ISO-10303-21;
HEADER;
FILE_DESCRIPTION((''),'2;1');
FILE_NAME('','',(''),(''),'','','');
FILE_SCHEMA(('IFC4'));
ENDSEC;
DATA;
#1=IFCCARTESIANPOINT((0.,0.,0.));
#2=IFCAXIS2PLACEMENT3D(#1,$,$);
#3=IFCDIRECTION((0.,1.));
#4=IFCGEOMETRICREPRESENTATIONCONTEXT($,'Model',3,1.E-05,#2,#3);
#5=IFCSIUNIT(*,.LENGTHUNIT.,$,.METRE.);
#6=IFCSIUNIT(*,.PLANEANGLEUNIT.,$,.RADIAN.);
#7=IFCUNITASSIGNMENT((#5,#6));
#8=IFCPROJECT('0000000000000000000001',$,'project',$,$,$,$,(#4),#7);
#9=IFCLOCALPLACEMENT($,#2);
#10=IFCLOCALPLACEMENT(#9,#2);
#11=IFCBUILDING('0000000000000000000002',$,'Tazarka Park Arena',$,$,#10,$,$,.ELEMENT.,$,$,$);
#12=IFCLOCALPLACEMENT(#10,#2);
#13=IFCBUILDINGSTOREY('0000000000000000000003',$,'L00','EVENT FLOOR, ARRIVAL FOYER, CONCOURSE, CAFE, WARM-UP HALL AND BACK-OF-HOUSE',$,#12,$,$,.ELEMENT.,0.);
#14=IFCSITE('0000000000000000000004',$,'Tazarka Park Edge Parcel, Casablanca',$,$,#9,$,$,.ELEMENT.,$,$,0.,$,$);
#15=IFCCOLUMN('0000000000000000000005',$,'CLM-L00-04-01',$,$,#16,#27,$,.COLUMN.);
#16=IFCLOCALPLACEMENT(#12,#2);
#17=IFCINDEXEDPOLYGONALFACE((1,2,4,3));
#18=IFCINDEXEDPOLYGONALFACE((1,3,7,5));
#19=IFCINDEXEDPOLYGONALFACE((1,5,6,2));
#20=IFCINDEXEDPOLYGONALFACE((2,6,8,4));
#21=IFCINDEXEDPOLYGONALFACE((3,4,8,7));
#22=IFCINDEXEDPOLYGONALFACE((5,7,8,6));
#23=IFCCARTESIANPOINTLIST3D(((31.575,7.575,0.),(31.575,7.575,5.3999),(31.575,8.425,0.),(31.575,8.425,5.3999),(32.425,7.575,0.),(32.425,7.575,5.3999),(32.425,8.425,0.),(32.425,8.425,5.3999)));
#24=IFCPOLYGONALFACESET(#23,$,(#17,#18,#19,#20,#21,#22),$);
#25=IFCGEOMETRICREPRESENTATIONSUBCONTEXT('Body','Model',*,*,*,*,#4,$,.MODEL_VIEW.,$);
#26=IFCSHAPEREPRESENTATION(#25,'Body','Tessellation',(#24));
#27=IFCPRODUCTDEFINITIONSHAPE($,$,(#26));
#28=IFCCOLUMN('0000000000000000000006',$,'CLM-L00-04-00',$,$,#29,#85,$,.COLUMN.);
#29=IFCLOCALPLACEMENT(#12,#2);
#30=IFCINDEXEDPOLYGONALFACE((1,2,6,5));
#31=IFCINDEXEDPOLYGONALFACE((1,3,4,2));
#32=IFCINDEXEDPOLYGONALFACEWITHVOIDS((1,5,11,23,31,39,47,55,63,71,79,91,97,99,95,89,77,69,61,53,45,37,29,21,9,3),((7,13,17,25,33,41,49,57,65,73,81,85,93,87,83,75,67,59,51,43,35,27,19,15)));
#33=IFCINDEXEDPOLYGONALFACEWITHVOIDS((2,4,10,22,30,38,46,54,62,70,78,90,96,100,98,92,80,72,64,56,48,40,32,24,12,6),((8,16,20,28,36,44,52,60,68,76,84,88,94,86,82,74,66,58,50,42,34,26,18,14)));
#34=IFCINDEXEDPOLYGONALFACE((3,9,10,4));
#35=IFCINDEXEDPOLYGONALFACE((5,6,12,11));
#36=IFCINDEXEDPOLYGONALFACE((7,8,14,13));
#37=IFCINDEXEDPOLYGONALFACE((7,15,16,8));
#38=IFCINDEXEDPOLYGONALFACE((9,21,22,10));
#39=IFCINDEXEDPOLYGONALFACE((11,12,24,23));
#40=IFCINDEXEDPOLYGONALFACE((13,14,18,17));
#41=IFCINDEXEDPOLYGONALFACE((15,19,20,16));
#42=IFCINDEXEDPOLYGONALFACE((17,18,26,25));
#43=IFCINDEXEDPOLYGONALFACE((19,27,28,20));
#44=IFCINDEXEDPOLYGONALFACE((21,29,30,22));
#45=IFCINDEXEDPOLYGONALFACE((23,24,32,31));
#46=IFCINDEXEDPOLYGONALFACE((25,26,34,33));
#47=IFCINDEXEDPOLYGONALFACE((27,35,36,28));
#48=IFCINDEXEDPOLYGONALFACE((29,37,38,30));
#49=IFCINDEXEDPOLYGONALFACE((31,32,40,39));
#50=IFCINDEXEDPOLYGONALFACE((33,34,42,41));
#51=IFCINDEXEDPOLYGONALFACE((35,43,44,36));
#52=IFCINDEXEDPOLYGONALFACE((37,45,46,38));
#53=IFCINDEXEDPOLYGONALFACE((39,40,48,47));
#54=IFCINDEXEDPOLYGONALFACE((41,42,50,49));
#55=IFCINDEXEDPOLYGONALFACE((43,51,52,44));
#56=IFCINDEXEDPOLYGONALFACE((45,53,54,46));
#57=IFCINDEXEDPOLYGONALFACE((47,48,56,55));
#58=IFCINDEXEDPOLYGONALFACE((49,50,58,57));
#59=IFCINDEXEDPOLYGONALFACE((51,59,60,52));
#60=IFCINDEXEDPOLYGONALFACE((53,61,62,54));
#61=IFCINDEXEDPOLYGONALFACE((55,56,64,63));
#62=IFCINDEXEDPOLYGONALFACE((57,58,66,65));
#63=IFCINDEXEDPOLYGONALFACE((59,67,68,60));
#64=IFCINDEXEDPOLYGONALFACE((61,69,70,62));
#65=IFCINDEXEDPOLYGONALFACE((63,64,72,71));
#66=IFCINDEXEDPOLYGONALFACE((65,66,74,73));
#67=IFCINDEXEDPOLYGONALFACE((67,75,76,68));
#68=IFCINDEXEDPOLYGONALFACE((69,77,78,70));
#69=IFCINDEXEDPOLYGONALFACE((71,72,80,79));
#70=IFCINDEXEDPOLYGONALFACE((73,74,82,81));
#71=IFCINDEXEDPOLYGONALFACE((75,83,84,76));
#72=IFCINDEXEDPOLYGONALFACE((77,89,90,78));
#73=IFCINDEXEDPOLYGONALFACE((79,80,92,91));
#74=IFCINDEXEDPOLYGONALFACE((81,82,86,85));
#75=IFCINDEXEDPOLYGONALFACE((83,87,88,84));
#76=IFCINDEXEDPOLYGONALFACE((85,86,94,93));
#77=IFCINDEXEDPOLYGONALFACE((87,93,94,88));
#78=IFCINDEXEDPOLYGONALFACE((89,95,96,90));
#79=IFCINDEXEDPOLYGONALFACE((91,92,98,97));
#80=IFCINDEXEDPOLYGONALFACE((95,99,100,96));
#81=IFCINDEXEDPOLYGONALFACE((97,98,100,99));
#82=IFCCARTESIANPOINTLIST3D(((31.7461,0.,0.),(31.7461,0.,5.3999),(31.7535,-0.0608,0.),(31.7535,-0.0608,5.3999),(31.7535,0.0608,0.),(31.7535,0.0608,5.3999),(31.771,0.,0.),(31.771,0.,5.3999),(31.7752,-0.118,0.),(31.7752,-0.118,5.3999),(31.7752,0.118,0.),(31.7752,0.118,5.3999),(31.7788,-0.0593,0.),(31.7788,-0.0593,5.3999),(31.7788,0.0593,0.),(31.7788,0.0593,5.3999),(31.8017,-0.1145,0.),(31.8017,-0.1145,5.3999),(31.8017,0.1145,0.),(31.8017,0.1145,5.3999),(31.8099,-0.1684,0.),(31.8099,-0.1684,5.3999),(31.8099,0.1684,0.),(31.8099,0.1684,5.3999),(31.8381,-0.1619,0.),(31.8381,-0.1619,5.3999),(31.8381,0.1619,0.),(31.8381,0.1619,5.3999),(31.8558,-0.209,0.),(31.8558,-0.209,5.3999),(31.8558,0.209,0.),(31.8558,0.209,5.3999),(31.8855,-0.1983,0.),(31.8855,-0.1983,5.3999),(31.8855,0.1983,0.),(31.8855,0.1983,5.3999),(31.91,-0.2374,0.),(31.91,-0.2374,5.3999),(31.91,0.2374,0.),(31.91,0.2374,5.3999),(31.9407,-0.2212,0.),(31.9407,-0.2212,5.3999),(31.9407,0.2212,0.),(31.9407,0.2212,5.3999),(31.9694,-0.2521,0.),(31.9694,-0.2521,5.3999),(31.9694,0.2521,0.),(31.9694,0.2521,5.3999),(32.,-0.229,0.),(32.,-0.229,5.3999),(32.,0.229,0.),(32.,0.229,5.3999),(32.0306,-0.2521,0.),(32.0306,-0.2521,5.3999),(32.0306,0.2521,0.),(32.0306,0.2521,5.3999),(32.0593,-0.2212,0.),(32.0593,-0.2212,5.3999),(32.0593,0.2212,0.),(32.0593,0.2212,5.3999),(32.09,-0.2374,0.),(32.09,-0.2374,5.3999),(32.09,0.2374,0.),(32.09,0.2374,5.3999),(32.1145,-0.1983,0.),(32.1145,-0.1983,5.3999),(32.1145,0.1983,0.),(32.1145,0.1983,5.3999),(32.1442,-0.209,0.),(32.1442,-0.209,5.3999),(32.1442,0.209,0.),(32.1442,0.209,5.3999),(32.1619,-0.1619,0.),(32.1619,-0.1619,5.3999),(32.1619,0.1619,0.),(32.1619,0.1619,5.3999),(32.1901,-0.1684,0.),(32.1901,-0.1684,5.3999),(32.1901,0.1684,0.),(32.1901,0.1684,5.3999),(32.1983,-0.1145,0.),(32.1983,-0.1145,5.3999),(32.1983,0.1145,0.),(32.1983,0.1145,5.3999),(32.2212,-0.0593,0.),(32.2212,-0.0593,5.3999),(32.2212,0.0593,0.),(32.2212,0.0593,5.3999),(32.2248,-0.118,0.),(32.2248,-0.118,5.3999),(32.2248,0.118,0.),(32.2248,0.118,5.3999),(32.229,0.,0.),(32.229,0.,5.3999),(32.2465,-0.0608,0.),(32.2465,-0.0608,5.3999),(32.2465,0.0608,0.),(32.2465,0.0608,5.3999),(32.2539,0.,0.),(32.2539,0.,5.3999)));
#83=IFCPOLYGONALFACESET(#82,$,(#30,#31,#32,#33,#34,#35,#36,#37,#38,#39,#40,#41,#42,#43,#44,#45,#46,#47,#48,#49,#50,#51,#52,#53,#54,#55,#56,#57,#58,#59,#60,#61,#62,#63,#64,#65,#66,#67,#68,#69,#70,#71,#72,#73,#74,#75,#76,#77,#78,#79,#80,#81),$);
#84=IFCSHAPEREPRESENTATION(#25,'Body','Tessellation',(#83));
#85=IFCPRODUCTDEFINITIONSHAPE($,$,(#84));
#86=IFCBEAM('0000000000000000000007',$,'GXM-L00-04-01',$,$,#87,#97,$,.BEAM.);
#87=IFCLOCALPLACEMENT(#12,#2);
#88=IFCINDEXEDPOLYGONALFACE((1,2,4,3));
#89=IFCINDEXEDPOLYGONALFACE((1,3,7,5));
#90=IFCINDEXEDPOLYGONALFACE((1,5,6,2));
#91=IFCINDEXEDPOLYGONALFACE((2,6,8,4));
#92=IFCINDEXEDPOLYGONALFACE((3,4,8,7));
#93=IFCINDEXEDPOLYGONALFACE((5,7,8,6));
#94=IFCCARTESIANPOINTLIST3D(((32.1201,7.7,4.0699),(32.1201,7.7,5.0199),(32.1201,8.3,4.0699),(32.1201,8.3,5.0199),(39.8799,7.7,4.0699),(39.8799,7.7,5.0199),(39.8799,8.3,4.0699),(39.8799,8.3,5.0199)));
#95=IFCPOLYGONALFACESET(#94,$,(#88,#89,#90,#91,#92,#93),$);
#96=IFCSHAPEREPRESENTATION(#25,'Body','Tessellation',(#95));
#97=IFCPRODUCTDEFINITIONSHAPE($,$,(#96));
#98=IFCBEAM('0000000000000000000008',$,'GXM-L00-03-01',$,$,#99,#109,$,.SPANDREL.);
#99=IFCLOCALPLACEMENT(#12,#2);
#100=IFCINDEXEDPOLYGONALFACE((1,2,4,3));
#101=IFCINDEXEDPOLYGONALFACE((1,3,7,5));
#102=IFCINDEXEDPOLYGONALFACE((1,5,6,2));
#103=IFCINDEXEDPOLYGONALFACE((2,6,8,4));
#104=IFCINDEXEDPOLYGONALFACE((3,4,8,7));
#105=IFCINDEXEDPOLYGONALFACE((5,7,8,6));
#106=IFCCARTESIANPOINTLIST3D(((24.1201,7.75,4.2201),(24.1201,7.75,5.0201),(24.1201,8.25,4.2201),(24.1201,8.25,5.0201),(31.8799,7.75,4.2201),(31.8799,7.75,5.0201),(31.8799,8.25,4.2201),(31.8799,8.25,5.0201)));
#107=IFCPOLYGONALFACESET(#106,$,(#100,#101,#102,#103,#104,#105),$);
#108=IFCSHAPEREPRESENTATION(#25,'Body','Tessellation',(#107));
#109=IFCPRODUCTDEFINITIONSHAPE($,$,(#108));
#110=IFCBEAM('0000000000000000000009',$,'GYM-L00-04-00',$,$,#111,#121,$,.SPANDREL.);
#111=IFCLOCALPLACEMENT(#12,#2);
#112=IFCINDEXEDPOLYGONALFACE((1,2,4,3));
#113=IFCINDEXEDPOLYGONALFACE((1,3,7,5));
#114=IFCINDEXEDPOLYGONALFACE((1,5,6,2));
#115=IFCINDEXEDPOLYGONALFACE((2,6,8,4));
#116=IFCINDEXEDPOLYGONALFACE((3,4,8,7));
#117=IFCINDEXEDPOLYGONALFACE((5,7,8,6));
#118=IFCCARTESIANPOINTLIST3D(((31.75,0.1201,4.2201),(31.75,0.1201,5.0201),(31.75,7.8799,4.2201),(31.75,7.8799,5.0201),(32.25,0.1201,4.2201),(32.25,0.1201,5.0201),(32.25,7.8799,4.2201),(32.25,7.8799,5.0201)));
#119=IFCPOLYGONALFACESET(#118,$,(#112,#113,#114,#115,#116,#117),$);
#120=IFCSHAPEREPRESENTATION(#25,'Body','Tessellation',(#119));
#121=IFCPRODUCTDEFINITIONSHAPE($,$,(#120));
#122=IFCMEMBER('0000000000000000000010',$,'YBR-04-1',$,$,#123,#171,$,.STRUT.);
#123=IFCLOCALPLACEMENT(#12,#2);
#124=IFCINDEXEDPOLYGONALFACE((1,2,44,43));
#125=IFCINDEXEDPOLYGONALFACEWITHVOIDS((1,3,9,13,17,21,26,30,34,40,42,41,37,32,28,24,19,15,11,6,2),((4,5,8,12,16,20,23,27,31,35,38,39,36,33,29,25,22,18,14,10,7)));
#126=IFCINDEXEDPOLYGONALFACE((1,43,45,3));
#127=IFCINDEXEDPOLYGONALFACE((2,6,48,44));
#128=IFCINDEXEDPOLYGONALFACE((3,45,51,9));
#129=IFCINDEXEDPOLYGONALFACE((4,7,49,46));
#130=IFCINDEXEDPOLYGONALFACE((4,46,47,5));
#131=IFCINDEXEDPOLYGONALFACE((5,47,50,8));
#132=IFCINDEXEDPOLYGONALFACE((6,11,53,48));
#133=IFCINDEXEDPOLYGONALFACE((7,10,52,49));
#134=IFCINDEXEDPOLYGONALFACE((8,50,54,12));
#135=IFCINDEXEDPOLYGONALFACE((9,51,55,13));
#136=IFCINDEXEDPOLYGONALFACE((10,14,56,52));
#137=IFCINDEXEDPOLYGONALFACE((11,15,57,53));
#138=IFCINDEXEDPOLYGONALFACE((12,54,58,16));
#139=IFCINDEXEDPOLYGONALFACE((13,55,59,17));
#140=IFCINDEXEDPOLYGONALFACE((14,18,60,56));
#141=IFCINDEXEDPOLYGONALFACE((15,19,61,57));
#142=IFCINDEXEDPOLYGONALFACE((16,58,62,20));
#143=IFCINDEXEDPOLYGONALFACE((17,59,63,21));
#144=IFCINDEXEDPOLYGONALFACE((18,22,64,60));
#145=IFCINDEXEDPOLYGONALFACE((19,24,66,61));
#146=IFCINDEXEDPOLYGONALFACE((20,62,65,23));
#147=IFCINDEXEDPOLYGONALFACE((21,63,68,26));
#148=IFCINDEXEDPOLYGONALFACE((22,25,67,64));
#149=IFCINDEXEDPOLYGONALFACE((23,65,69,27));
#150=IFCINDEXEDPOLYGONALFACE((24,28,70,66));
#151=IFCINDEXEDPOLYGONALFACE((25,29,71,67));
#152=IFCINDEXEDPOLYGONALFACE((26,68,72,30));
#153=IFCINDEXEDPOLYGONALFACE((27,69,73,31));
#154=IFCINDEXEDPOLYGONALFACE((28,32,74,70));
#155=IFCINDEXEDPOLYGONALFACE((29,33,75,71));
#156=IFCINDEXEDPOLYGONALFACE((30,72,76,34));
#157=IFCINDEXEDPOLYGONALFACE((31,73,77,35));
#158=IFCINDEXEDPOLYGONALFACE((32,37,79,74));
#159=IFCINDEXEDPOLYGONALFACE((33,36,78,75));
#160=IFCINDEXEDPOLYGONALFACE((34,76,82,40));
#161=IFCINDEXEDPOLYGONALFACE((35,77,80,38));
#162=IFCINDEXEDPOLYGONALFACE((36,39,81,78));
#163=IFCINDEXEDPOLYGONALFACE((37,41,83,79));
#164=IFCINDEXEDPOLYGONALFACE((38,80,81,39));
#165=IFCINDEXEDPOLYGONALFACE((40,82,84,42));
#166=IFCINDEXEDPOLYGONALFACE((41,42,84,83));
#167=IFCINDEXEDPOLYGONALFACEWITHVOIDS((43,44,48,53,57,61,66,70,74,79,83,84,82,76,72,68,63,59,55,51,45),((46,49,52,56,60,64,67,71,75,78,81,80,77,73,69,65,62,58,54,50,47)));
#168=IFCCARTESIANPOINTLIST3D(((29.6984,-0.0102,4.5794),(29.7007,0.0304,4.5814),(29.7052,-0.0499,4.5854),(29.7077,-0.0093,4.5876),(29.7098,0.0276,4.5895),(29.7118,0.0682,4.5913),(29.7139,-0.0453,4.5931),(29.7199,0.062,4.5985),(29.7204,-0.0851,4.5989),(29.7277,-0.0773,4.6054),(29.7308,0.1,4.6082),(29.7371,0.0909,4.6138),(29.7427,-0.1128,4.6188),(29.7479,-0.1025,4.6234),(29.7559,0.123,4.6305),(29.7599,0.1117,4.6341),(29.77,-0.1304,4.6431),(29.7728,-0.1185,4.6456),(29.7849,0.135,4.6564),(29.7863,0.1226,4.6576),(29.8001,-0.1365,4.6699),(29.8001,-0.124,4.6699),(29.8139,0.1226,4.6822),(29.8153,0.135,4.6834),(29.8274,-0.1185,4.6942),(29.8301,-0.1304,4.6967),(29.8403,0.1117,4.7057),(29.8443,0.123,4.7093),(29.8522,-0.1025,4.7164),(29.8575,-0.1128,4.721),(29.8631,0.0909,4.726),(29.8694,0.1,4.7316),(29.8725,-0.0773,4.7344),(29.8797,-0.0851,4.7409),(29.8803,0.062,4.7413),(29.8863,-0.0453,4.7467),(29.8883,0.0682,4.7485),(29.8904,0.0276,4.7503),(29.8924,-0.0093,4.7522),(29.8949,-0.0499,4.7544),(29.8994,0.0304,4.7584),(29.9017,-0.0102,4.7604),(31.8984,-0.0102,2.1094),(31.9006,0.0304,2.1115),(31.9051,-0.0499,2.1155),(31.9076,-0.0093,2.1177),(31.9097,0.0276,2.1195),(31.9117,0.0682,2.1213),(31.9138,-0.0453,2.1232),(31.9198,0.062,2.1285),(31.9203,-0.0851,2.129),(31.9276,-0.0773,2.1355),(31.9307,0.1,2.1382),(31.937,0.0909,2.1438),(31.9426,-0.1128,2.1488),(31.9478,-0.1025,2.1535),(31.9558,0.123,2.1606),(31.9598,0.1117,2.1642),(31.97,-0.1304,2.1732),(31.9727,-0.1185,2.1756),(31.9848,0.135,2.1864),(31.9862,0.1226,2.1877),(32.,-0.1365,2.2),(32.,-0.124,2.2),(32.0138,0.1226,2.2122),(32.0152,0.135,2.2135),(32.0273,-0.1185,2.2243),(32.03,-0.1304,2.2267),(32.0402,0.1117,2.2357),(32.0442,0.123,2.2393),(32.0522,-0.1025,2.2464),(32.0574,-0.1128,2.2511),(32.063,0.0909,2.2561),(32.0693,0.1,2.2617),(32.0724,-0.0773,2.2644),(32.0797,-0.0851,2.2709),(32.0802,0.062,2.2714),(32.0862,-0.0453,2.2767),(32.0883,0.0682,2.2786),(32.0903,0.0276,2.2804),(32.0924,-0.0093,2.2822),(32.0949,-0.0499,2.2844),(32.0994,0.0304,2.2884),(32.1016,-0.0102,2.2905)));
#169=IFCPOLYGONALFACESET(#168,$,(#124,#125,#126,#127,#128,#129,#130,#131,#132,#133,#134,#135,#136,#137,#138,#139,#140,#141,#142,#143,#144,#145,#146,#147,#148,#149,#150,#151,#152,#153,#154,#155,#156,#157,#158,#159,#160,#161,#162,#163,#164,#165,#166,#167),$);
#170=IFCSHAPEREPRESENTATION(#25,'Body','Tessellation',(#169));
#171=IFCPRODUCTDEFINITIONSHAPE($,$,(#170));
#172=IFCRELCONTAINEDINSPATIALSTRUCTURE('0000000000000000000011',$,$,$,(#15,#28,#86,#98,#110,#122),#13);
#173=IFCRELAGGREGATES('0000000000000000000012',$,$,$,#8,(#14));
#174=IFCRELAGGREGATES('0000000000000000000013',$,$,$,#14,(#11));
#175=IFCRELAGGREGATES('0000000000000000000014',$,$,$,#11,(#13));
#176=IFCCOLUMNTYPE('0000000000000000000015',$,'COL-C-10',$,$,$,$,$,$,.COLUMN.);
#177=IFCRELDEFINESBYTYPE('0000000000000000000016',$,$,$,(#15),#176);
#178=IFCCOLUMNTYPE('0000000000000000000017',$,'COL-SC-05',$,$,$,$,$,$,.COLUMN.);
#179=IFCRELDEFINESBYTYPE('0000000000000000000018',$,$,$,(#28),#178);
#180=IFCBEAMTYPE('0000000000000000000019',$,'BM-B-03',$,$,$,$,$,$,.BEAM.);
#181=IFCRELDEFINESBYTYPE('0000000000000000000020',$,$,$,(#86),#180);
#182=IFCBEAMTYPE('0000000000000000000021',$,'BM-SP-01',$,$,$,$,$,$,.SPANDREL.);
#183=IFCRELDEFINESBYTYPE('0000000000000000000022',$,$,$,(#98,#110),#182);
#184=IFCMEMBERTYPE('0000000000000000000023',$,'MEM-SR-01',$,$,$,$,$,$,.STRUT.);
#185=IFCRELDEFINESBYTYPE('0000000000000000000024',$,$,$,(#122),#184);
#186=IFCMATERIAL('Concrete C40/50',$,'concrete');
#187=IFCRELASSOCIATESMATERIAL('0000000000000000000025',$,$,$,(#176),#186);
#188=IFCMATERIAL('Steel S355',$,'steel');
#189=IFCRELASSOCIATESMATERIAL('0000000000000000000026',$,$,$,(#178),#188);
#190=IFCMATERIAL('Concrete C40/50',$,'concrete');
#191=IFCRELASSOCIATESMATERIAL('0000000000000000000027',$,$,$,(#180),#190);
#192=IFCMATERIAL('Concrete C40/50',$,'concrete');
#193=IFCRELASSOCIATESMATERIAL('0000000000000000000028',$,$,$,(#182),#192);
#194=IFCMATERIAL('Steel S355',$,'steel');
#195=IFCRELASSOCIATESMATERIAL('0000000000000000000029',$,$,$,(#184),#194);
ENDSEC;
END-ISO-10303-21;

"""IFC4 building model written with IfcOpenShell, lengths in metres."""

from ifc_helpers import new_model, si_unit, direction, frame, origin, origin_2d, place, context, subcontext, project, spatial, rectangle, hollow_circle, extrude, material, material_profile, profile_set, type_object, element, save


model = new_model("IFC4")

# Units and contexts
model_context = context("Model", 3, precision=1e-05, world=origin(), true_north=direction((0.0, 1.0)))
body_context = subcontext(model_context, "Body", "Model", "MODEL_VIEW")
ifc_project = project(units=[si_unit("LENGTHUNIT", "METRE"), si_unit("PLANEANGLEUNIT", "RADIAN")], contexts=[model_context])

# Site, building, storey
site_placement = place(None, origin())
site = spatial("IfcSite", under=ifc_project, at=site_placement, Name="Tazarka Park Edge Parcel, Casablanca", CompositionType="ELEMENT", RefElevation=0.0)
building_placement = place(site_placement, origin())
building = spatial("IfcBuilding", under=site, at=building_placement, Name="Tazarka Park Arena", CompositionType="ELEMENT")
storey_placement = place(building_placement, origin())
storey = spatial("IfcBuildingStorey", under=building, at=storey_placement, Name="L00", Description="EVENT FLOOR, ARRIVAL FOYER, CONCOURSE, CAFE, WARM-UP HALL AND BACK-OF-HOUSE", CompositionType="ELEMENT", Elevation=0.0)

# Columns
ifc_material_1 = material(Name="Concrete C40/50", Category="concrete")
ifc_material_profile_1 = material_profile(ifc_material_1, rectangle(XDim=0.8501, YDim=0.8501, at=origin_2d()), Name="Concrete C40/50")
ifc_profile_set_1 = profile_set([ifc_material_profile_1], Name="Concrete C40/50")
column_type_1 = type_object("IfcColumnType", Name="COL-C-10", PredefinedType="COLUMN", material=ifc_profile_set_1)
column_1_placement = place(storey_placement, frame((32.0, 8.0, 0.0), z_axis=(0.0, 0.0, 1.0), x_axis=(1.0, 0.0, 0.0)))
element("IfcColumn", 1, at=column_1_placement, inside=storey, type_object=column_type_1, Name="CLM-L00-04-01", PredefinedType="COLUMN", context=body_context, shape_type="SweptSolid", body=[
    extrude(rectangle(XDim=0.8501, YDim=0.8501, at=origin_2d()), origin(), (0.0, 0.0, 1.0), 5.3999),
])
ifc_material_2 = material(Name="Steel S355", Category="steel")
ifc_material_profile_2 = material_profile(ifc_material_2, hollow_circle(Radius=0.2539, WallThickness=0.0249, at=origin_2d()), Name="Steel S355")
ifc_profile_set_2 = profile_set([ifc_material_profile_2], Name="Steel S355")
column_type_2 = type_object("IfcColumnType", Name="COL-SC-05", PredefinedType="COLUMN", material=ifc_profile_set_2)
column_2_placement = place(storey_placement, frame((32.0, 0.0, 0.0), z_axis=(0.0, 0.0, 1.0), x_axis=(1.0, 0.0, 0.0)))
element("IfcColumn", 2, at=column_2_placement, inside=storey, type_object=column_type_2, Name="CLM-L00-04-00", PredefinedType="COLUMN", context=body_context, shape_type="SweptSolid", body=[
    extrude(hollow_circle(Radius=0.2539, WallThickness=0.0249, at=origin_2d()), origin(), (0.0, 0.0, 1.0), 5.3999),
])

# Beams
ifc_material_3 = material(Name="Concrete C40/50", Category="concrete")
ifc_material_profile_3 = material_profile(ifc_material_3, rectangle(XDim=0.6001, YDim=0.95, at=origin_2d()), Name="Concrete C40/50")
ifc_profile_set_3 = profile_set([ifc_material_profile_3], Name="Concrete C40/50")
beam_type_1 = type_object("IfcBeamType", Name="BM-B-03", PredefinedType="BEAM", material=ifc_profile_set_3)
beam_placement = place(storey_placement, frame((32.1201, 8.0, 4.5449), z_axis=(1.0, 0.0, 0.0), x_axis=(0.0, 1.0, 0.0)))
element("IfcBeam", 3, at=beam_placement, inside=storey, type_object=beam_type_1, Name="GXM-L00-04-01", PredefinedType="BEAM", context=body_context, shape_type="SweptSolid", body=[
    extrude(rectangle(XDim=0.6001, YDim=0.95, at=origin_2d()), origin(), (0.0, 0.0, 1.0), 7.7598),
])
ifc_material_4 = material(Name="Concrete C40/50", Category="concrete")
ifc_material_profile_4 = material_profile(ifc_material_4, rectangle(XDim=0.5, YDim=0.8, at=origin_2d()), Name="Concrete C40/50")
ifc_profile_set_4 = profile_set([ifc_material_profile_4], Name="Concrete C40/50")
beam_type_2 = type_object("IfcBeamType", Name="BM-SP-01", PredefinedType="SPANDREL", material=ifc_profile_set_4)
for number, where, z_axis, x_axis, name in (
    (4, (24.1201, 8.0, 4.6201), (1.0, 0.0, 0.0), (0.0, 1.0, 0.0), "GXM-L00-03-01"),
    (5, (32.0, 0.1201, 4.6201), (0.0, 1.0, 0.0), (-1.0, 0.0, 0.0), "GYM-L00-04-00"),
):
    element("IfcBeam", number, at=place(storey_placement, frame(where, z_axis=z_axis, x_axis=x_axis)), inside=storey, type_object=beam_type_2, Name=name, PredefinedType="SPANDREL", context=body_context, shape_type="SweptSolid", body=[
        extrude(rectangle(XDim=0.5, YDim=0.8, at=origin_2d()), origin(), (0.0, 0.0, 1.0), 7.7598),
    ])

# Member
ifc_material_5 = material(Name="Steel S355", Category="steel")
ifc_material_profile_5 = material_profile(ifc_material_5, hollow_circle(Radius=0.1365, WallThickness=0.0125, at=origin_2d()), Name="Steel S355")
ifc_profile_set_5 = profile_set([ifc_material_profile_5], Name="Steel S355")
member_type = type_object("IfcMemberType", Name="MEM-SR-01", PredefinedType="STRUT", material=ifc_profile_set_5)
for number, where, z_axis, x_axis, name in (
    (6, (32.0, 0.0, 2.2), (-0.66511, 0.0, 0.746745), (0.0, -1.0, 0.0), "YBR-04-1"),
):
    element("IfcMember", number, at=place(storey_placement, frame(where, z_axis=z_axis, x_axis=x_axis)), inside=storey, type_object=member_type, Name=name, PredefinedType="STRUT", context=body_context, shape_type="SweptSolid", body=[
        extrude(hollow_circle(Radius=0.1365, WallThickness=0.0125, at=origin_2d()), origin(), (0.0, 0.0, 1.0), 3.3076),
    ])

save(model, "model.ifc")
